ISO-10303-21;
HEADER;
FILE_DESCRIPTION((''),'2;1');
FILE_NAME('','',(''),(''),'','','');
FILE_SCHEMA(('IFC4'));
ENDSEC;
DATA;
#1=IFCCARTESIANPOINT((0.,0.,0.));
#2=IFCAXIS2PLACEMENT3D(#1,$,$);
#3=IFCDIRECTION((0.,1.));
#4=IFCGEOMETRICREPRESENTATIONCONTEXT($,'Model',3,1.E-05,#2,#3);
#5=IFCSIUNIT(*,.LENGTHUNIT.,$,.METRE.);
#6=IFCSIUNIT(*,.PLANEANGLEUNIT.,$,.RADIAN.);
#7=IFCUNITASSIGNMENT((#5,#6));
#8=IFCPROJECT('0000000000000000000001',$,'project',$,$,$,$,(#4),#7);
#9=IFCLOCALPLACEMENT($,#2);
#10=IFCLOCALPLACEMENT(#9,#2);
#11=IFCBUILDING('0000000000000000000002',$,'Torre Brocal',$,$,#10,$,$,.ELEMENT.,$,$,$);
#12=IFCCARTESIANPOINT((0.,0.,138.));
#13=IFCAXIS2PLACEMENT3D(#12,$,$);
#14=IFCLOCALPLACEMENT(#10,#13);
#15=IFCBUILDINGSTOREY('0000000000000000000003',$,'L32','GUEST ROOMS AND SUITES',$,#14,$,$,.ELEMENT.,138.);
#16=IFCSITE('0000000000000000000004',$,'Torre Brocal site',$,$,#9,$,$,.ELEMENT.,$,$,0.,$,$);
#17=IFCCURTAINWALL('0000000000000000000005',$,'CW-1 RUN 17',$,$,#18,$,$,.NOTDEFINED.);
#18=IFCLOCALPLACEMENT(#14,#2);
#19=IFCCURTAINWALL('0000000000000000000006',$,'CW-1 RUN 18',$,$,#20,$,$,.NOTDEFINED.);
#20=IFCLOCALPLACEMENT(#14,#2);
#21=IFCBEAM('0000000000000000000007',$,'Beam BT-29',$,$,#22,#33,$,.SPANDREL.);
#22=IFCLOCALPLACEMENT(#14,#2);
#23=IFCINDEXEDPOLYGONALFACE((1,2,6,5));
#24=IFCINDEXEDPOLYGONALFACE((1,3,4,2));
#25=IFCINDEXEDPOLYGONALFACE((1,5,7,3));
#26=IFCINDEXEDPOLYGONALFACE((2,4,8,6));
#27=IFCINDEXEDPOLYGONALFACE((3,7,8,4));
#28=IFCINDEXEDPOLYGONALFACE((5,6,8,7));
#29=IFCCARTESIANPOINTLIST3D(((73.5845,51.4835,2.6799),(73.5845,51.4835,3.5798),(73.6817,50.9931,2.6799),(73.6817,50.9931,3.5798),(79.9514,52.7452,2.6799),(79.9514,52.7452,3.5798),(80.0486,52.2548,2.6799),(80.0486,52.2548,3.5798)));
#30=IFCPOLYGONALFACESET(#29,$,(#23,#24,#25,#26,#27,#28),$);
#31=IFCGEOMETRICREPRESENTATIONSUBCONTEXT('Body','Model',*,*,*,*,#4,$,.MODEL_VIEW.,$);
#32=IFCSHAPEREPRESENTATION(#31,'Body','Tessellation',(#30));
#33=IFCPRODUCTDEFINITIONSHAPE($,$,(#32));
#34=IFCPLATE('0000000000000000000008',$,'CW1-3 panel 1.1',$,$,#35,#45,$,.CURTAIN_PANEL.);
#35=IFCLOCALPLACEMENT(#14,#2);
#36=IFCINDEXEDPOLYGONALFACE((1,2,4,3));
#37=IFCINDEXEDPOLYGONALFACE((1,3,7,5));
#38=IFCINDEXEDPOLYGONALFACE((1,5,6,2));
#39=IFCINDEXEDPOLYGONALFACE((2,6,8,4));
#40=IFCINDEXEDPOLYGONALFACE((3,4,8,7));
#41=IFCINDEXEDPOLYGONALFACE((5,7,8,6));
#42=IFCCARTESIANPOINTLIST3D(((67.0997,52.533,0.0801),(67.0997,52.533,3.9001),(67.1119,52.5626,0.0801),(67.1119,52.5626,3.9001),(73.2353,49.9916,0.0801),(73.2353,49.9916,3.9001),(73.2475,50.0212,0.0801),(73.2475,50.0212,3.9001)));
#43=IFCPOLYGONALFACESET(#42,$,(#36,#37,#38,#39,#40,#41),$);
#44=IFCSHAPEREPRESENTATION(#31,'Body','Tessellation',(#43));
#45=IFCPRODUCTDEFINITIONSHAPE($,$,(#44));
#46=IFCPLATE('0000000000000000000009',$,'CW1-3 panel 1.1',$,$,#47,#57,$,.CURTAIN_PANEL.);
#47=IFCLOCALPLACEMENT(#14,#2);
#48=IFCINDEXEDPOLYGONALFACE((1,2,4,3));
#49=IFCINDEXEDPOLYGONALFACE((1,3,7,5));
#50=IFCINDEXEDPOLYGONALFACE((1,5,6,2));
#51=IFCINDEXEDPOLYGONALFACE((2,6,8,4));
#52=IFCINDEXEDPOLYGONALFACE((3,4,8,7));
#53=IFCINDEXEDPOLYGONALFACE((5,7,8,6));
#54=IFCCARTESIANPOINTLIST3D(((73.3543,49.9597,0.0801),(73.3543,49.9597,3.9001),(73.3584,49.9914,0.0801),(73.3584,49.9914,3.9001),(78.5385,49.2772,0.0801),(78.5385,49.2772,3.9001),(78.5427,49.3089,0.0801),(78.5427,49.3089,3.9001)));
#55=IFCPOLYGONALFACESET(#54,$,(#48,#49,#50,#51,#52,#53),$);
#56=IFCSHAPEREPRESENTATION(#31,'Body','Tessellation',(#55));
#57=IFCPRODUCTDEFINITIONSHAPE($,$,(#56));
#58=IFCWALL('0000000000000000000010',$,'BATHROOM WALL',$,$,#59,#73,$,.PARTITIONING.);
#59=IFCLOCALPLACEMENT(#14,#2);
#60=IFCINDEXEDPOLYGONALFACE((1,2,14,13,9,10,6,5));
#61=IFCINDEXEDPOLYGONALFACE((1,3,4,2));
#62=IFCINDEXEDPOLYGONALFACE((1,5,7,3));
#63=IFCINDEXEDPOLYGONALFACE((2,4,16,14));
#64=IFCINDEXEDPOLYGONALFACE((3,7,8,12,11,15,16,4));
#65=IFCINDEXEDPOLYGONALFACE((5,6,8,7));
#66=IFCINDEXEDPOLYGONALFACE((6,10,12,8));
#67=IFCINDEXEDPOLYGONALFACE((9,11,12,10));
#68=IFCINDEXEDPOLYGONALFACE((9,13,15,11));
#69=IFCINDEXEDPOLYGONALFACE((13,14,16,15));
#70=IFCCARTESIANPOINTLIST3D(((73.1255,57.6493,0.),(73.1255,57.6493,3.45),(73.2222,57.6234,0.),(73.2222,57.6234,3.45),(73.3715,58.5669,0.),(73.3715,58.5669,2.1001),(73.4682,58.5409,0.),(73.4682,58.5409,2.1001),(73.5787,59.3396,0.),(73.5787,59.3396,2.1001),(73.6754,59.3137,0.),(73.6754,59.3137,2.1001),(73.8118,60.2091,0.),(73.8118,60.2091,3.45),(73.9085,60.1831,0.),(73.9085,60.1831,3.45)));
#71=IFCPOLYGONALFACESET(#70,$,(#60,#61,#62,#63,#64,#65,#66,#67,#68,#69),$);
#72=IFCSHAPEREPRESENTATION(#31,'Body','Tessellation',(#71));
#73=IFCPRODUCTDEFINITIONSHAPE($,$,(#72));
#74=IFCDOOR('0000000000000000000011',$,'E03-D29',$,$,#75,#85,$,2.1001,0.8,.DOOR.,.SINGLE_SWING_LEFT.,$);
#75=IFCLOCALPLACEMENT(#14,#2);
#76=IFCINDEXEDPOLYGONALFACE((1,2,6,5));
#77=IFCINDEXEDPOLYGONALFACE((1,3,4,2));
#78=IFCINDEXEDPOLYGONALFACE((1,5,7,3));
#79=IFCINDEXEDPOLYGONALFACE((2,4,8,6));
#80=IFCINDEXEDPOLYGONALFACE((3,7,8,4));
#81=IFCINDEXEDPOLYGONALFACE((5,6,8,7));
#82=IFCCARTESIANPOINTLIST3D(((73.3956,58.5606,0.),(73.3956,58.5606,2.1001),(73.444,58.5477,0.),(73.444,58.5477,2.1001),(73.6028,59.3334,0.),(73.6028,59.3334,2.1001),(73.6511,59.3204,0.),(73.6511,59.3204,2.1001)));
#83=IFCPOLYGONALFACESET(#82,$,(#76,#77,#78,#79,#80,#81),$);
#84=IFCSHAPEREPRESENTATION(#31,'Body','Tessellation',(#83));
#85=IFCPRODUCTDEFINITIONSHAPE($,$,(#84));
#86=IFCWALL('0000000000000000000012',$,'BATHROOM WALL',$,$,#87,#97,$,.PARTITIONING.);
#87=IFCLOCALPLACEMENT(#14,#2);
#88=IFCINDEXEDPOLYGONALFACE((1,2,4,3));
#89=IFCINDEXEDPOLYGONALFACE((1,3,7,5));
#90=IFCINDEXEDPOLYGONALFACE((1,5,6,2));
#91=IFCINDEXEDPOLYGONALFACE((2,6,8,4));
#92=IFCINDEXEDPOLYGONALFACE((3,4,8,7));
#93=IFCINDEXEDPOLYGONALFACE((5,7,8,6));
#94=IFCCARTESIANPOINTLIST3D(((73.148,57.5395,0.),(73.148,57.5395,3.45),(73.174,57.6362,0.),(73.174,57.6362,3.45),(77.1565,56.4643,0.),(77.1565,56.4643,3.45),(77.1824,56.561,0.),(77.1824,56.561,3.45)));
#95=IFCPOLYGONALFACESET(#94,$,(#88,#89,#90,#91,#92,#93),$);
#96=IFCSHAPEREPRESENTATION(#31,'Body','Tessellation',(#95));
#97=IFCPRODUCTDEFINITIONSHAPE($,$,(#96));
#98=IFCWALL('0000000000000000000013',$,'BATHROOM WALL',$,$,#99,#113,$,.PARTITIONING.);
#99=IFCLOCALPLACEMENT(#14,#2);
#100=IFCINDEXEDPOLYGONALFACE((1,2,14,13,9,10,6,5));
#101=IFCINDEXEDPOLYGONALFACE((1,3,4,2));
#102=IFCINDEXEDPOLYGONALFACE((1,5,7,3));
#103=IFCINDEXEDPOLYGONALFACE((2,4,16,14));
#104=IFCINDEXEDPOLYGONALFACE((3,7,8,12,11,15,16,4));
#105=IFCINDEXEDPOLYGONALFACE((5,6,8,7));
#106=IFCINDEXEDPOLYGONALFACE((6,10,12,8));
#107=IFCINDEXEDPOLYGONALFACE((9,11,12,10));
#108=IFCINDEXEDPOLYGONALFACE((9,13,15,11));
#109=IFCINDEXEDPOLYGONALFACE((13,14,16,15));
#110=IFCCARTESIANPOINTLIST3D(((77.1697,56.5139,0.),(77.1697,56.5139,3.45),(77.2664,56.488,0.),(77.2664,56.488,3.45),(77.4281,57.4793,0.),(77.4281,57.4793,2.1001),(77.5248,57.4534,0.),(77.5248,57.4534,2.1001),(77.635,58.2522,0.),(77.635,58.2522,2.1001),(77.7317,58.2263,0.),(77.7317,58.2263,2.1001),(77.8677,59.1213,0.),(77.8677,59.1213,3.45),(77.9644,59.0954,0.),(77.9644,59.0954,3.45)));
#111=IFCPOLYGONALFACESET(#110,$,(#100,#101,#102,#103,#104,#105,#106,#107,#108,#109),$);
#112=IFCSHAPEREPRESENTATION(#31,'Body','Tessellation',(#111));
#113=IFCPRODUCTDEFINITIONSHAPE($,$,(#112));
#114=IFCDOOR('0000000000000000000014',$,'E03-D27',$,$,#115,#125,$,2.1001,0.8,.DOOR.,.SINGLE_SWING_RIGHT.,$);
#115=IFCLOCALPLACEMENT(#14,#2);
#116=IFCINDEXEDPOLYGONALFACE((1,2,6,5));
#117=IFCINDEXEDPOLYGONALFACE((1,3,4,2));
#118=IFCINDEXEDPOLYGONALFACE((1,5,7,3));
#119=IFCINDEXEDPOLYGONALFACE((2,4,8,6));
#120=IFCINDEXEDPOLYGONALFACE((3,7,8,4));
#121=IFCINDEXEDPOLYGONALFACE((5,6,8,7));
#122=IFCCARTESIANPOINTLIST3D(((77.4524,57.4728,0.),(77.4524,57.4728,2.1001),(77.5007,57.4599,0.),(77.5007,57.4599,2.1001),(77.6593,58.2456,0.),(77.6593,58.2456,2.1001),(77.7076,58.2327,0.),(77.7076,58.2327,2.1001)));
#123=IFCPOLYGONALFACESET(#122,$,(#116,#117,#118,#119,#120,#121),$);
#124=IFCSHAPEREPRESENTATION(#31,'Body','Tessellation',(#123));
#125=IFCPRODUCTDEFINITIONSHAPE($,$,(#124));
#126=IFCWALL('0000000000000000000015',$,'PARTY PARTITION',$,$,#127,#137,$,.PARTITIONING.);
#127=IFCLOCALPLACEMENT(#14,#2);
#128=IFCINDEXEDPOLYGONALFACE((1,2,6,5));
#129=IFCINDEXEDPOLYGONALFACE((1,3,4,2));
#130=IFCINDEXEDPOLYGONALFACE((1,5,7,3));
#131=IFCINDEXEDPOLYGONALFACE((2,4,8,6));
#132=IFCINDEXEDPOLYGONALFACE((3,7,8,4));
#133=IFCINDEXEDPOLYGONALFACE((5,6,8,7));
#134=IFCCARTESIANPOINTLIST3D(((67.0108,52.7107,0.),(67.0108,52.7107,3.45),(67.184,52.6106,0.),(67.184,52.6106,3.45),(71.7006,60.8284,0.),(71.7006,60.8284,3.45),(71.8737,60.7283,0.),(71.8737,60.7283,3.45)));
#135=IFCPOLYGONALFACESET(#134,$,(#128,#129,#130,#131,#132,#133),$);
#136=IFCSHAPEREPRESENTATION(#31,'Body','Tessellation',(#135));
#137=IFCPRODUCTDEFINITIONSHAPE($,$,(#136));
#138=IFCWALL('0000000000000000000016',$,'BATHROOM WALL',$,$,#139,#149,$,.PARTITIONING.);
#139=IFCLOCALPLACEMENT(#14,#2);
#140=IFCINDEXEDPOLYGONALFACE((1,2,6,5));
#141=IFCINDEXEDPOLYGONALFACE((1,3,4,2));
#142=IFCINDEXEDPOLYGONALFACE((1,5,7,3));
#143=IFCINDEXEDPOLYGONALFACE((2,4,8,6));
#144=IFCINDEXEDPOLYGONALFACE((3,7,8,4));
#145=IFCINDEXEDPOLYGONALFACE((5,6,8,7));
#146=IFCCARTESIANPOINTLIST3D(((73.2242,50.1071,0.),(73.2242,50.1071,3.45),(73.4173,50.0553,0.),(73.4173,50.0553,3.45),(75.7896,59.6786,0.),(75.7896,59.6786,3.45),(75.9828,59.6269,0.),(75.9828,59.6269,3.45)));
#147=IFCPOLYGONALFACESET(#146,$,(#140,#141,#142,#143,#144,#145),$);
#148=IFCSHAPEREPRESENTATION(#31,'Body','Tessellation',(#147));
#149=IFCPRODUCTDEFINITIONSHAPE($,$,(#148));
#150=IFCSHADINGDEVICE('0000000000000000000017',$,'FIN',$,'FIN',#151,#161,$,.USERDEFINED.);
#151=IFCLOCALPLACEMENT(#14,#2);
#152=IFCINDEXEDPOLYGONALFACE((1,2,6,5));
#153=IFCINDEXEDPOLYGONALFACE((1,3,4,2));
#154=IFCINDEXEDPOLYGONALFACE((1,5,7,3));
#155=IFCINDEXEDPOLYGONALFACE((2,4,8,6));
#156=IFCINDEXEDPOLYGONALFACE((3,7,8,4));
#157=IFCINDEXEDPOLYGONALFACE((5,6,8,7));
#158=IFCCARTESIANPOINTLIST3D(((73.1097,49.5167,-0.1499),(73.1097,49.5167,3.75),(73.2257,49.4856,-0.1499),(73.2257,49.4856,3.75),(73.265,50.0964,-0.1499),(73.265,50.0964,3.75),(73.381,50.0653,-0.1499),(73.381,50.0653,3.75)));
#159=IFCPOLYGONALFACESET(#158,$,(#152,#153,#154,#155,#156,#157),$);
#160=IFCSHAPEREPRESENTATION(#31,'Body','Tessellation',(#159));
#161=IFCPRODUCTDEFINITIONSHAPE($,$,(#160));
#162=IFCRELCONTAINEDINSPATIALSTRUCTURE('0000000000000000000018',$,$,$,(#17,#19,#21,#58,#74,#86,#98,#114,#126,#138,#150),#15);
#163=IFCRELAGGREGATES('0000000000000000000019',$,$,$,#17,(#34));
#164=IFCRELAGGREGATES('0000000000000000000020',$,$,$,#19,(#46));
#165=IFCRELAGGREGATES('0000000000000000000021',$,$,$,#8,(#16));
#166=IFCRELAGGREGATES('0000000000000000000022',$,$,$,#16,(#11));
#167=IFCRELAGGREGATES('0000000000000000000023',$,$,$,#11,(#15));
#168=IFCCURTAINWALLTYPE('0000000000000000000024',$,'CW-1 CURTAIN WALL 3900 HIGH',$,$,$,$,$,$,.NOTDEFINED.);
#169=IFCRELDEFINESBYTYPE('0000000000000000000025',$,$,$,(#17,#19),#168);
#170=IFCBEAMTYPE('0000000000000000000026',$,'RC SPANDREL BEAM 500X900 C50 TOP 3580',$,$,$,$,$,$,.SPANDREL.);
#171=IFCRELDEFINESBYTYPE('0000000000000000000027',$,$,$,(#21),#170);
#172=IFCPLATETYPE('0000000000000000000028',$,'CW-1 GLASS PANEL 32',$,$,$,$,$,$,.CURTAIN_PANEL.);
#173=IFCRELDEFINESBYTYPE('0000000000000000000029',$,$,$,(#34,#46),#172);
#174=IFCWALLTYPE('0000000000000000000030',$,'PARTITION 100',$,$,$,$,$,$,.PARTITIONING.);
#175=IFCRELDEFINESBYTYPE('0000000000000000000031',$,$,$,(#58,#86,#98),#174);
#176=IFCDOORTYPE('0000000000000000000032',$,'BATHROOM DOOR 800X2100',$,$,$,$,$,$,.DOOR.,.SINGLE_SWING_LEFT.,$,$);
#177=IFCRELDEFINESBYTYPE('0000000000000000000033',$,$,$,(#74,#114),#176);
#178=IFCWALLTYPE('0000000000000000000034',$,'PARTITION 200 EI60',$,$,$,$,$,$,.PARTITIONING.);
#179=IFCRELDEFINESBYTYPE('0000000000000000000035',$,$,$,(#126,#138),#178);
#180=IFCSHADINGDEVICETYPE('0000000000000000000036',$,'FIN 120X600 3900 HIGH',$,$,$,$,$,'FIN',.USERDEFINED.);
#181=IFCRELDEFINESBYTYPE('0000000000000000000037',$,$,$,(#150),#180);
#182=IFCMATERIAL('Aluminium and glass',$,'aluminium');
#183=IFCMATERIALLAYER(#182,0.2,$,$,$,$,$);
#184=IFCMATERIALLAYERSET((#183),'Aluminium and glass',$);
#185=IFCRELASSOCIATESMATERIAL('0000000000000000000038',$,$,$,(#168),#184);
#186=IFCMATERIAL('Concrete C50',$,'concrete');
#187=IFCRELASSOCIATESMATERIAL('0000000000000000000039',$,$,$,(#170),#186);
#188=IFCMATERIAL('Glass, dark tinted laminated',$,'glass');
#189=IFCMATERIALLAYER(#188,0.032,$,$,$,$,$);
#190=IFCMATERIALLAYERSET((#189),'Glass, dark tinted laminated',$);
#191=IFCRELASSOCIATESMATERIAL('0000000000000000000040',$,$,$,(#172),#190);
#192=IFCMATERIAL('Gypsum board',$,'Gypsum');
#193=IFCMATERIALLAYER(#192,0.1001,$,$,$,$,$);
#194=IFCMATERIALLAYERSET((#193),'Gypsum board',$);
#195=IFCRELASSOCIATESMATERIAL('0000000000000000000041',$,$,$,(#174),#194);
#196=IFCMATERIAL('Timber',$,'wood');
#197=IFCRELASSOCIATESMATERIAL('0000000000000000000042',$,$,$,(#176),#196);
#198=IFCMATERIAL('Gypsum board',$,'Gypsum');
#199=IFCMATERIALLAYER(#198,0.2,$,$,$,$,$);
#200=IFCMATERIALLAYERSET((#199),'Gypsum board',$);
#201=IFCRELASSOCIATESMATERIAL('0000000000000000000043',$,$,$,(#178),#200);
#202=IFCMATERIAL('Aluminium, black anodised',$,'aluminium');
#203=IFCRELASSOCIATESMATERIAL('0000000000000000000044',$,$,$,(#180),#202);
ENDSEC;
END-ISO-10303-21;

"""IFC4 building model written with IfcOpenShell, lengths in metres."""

from ifc_helpers import new_model, si_unit, direction, frame, frame_2d, origin, origin_2d, place, context, subcontext, project, spatial, rectangle, extrude, material, layer, layer_set, material_profile, profile_set, type_object, element, fill, aggregate, save


model = new_model("IFC4")

# Units and contexts
model_context = context("Model", 3, precision=1e-05, world=origin(), true_north=direction((0.0, 1.0)))
body_context = subcontext(model_context, "Body", "Model", "MODEL_VIEW")
ifc_project = project(units=[si_unit("LENGTHUNIT", "METRE"), si_unit("PLANEANGLEUNIT", "RADIAN")], contexts=[model_context])

# Site, building, storey
site_placement = place(None, origin())
site = spatial("IfcSite", under=ifc_project, at=site_placement, Name="Torre Brocal site", CompositionType="ELEMENT", RefElevation=0.0)
building_placement = place(site_placement, origin())
building = spatial("IfcBuilding", under=site, at=building_placement, Name="Torre Brocal", CompositionType="ELEMENT")
storey_placement = place(building_placement, frame((0.0, 0.0, 138.0)))
storey = spatial("IfcBuildingStorey", under=building, at=storey_placement, Name="L32", Description="GUEST ROOMS AND SUITES", CompositionType="ELEMENT", Elevation=138.0)

# Shared definitions
ifc_material_1 = material(Name="Aluminium and glass", Category="aluminium")
ifc_layer_1 = layer(ifc_material_1, 0.2)
ifc_layer_set_1 = layer_set([ifc_layer_1], Name="Aluminium and glass")
curtain_wall_type = type_object("IfcCurtainWallType", Name="CW-1 CURTAIN WALL 3900 HIGH", PredefinedType="NOTDEFINED", material=ifc_layer_set_1)

# Curtain walls
curtain_wall_1_placement = place(storey_placement, origin())
curtain_wall_1 = element("IfcCurtainWall", 1, at=curtain_wall_1_placement, inside=storey, type_object=curtain_wall_type, Name="CW-1 RUN 17", PredefinedType="NOTDEFINED")
curtain_wall_2_placement = place(storey_placement, origin())
curtain_wall_2 = element("IfcCurtainWall", 2, at=curtain_wall_2_placement, inside=storey, type_object=curtain_wall_type, Name="CW-1 RUN 18", PredefinedType="NOTDEFINED")

# Beam
ifc_material_2 = material(Name="Concrete C50", Category="concrete")
ifc_material_profile_1 = material_profile(ifc_material_2, rectangle(XDim=0.5, YDim=0.8999, at=origin_2d()), Name="RC 500X900")
ifc_profile_set_1 = profile_set([ifc_material_profile_1], Name="Concrete C50")
beam_type_1 = type_object("IfcBeamType", Name="RC SPANDREL BEAM 500X900 C50 TOP 3580", PredefinedType="SPANDREL", material=ifc_profile_set_1)
beam_1_placement = place(storey_placement, frame((73.6331, 51.2383, 3.1299), z_axis=(0.980925, 0.194387, 0.0), x_axis=(-0.194387, 0.980925, 0.0)))
element("IfcBeam", 3, at=beam_1_placement, inside=storey, type_object=beam_type_1, Name="Beam BT-29", PredefinedType="SPANDREL", context=body_context, shape_type="SweptSolid", body=[
    extrude(rectangle(XDim=0.5, YDim=0.8999, at=origin_2d()), origin(), (0.0, 0.0, 1.0), 6.4907),
])

# Plates
ifc_material_3 = material(Name="Glass, dark tinted laminated", Category="glass")
ifc_layer_2 = layer(ifc_material_3, 0.032)
ifc_layer_set_2 = layer_set([ifc_layer_2], Name="Glass, dark tinted laminated")
plate_type = type_object("IfcPlateType", Name="CW-1 GLASS PANEL 32", PredefinedType="CURTAIN_PANEL", material=ifc_layer_set_2)
plate_1_placement = place(storey_placement, frame((70.1736, 51.2771, 0.0801), z_axis=(0.0, 0.0, 1.0), x_axis=(0.92388, -0.382683, 0.0)))
plate_1 = element("IfcPlate", 4, at=plate_1_placement, type_object=plate_type, Name="CW1-3 panel 1.1", PredefinedType="CURTAIN_PANEL", context=body_context, shape_type="SweptSolid", body=[
    extrude(rectangle(XDim=6.6411, YDim=0.032, at=origin_2d()), origin(), (0.0, 0.0, 1.0), 3.8201),
])
aggregate(curtain_wall_1, [plate_1])
plate_2_placement = place(storey_placement, frame((75.9485, 49.6343, 0.0801), z_axis=(0.0, 0.0, 1.0), x_axis=(0.991445, -0.130526, 0.0)))
plate_2 = element("IfcPlate", 5, at=plate_2_placement, type_object=plate_type, Name="CW1-3 panel 1.1", PredefinedType="CURTAIN_PANEL", context=body_context, shape_type="SweptSolid", body=[
    extrude(rectangle(XDim=5.229, YDim=0.032, at=origin_2d()), origin(), (0.0, 0.0, 1.0), 3.8201),
])
aggregate(curtain_wall_2, [plate_2])

# Wall, opening, door
ifc_material_4 = material(Name="Gypsum board", Category="Gypsum")
ifc_layer_3 = layer(ifc_material_4, 0.1001)
ifc_layer_set_3 = layer_set([ifc_layer_3], Name="Gypsum board")
wall_type_1 = type_object("IfcWallType", Name="PARTITION 100", PredefinedType="PARTITIONING", material=ifc_layer_set_3)
wall_1_placement = place(storey_placement, frame((73.1738, 57.6362, 0.0), z_axis=(0.0, 0.0, 1.0), x_axis=(0.258952, 0.96589, 0.0)))
wall_1 = element("IfcWall", 6, at=wall_1_placement, inside=storey, type_object=wall_type_1, Name="BATHROOM WALL", PredefinedType="PARTITIONING", context=body_context, shape_type="SweptSolid", body=[
    extrude(rectangle(XDim=2.6501, YDim=0.1001, at=frame_2d((1.3252, 0.0))), origin(), (0.0, 0.0, 1.0), 3.45),
])
opening_1_placement = place(wall_1_placement, frame((0.9502, 0.0, 0.0)))
opening_1 = element("IfcOpeningElement", 7, at=opening_1_placement, cuts=wall_1, PredefinedType="OPENING", context=body_context, shape_type="SweptSolid", body=[
    extrude(rectangle(XDim=0.8, YDim=2.1001, at=frame_2d((0.3999, 1.05))), frame((0.0, 0.0601, 0.0), z_axis=(0.0, -1.0, 0.0), x_axis=(1.0, 0.0, 0.0)), (0.0, 0.0, 1.0), 0.1201),
])
ifc_material_5 = material(Name="Timber", Category="wood")
door_type = type_object("IfcDoorType", Name="BATHROOM DOOR 800X2100", OperationType="SINGLE_SWING_LEFT", PredefinedType="DOOR", material=ifc_material_5)
door_1_placement = place(opening_1_placement, frame((0.8, 0.0, 0.0), z_axis=(0.0, 0.0, 1.0), x_axis=(-1.0, 0.0, 0.0)))
door_1 = element("IfcDoor", 8, at=door_1_placement, inside=storey, type_object=door_type, Name="E03-D29", OperationType="SINGLE_SWING_LEFT", OverallHeight=2.1001, OverallWidth=0.8, PredefinedType="DOOR", context=body_context, shape_type="SweptSolid", body=[
    extrude(rectangle(XDim=0.8, YDim=2.1001, at=frame_2d((0.3999, 1.05))), frame((0.0, 0.0249, 0.0), z_axis=(0.0, -1.0, 0.0), x_axis=(1.0, 0.0, 0.0)), (0.0, 0.0, 1.0), 0.05),
])
fill(opening_1, door_1)

# Wall
wall_2_placement = place(storey_placement, frame((73.1609, 57.5879, 0.0), z_axis=(0.0, 0.0, 1.0), x_axis=(0.965859, -0.259068, 0.0)))
element("IfcWall", 9, at=wall_2_placement, inside=storey, type_object=wall_type_1, Name="BATHROOM WALL", PredefinedType="PARTITIONING", context=body_context, shape_type="SweptSolid", body=[
    extrude(rectangle(XDim=4.1501, YDim=0.1001, at=frame_2d((2.0752, 0.0))), origin(), (0.0, 0.0, 1.0), 3.45),
])

# Wall, opening, door
wall_3_placement = place(storey_placement, frame((77.218, 56.501, 0.0), z_axis=(0.0, 0.0, 1.0), x_axis=(0.258591, 0.965987, 0.0)))
wall_3 = element("IfcWall", 10, at=wall_3_placement, inside=storey, type_object=wall_type_1, Name="BATHROOM WALL", PredefinedType="PARTITIONING", context=body_context, shape_type="SweptSolid", body=[
    extrude(rectangle(XDim=2.6992, YDim=0.1001, at=frame_2d((1.3496, 0.0))), origin(), (0.0, 0.0, 1.0), 3.45),
])
opening_2_placement = place(wall_3_placement, frame((0.9995, 0.0, 0.0)))
opening_2 = element("IfcOpeningElement", 11, at=opening_2_placement, cuts=wall_3, PredefinedType="OPENING", context=body_context, shape_type="SweptSolid", body=[
    extrude(rectangle(XDim=0.8, YDim=2.1001, at=frame_2d((0.3999, 1.05))), frame((0.0, 0.0601, 0.0), z_axis=(0.0, -1.0, 0.0), x_axis=(1.0, 0.0, 0.0)), (0.0, 0.0, 1.0), 0.1201),
])
door_2_placement = place(opening_2_placement, origin())
door_2 = element("IfcDoor", 12, at=door_2_placement, inside=storey, type_object=door_type, Name="E03-D27", OperationType="SINGLE_SWING_RIGHT", OverallHeight=2.1001, OverallWidth=0.8, PredefinedType="DOOR", context=body_context, shape_type="SweptSolid", body=[
    extrude(rectangle(XDim=0.8, YDim=2.1001, at=frame_2d((0.3999, 1.05))), frame((0.0, 0.0249, 0.0), z_axis=(0.0, -1.0, 0.0), x_axis=(1.0, 0.0, 0.0)), (0.0, 0.0, 1.0), 0.05),
])
fill(opening_2, door_2)

# Walls
ifc_material_6 = material(Name="Gypsum board", Category="Gypsum")
ifc_layer_4 = layer(ifc_material_6, 0.2)
ifc_layer_set_4 = layer_set([ifc_layer_4], Name="Gypsum board")
wall_type_2 = type_object("IfcWallType", Name="PARTITION 200 EI60", PredefinedType="PARTITIONING", material=ifc_layer_set_4)
wall_4_placement = place(storey_placement, frame((67.0974, 52.6606, 0.0), z_axis=(0.0, 0.0, 1.0), x_axis=(0.500236, 0.865889, 0.0)))
element("IfcWall", 13, at=wall_4_placement, inside=storey, type_object=wall_type_2, Name="PARTY PARTITION", PredefinedType="PARTITIONING", context=body_context, shape_type="SweptSolid", body=[
    extrude(rectangle(XDim=9.375, YDim=0.2, at=frame_2d((4.6875, 0.0))), origin(), (0.0, 0.0, 1.0), 3.45),
])
wall_5_placement = place(storey_placement, frame((73.3208, 50.0813, 0.0), z_axis=(0.0, 0.0, 1.0), x_axis=(0.258889, 0.965907, 0.0)))
element("IfcWall", 14, at=wall_5_placement, inside=storey, type_object=wall_type_2, Name="BATHROOM WALL", PredefinedType="PARTITIONING", context=body_context, shape_type="SweptSolid", body=[
    extrude(rectangle(XDim=9.9094, YDim=0.2, at=frame_2d((4.9546, 0.0))), origin(), (0.0, 0.0, 1.0), 3.45),
])

# Shading device
ifc_material_7 = material(Name="Aluminium, black anodised", Category="aluminium")
ifc_material_profile_2 = material_profile(ifc_material_7, rectangle(XDim=0.1201, YDim=0.6001, at=origin_2d()), Name="FIN 120X600 3900 HIGH")
ifc_profile_set_2 = profile_set([ifc_material_profile_2], Name="Aluminium, black anodised")
shading_device_type = type_object("IfcShadingDeviceType", Name="FIN 120X600 3900 HIGH", ElementType="FIN", PredefinedType="USERDEFINED", material=ifc_profile_set_2)
shading_device_placement = place(storey_placement, frame((73.2454, 49.791, -0.1499), z_axis=(0.0, 0.0, 1.0), x_axis=(0.965926, -0.258819, 0.0)))
element("IfcShadingDevice", 15, at=shading_device_placement, inside=storey, type_object=shading_device_type, Name="FIN", ObjectType="FIN", PredefinedType="USERDEFINED", context=body_context, shape_type="SweptSolid", body=[
    extrude(rectangle(XDim=0.1201, YDim=0.6001, at=origin_2d()), origin(), (0.0, 0.0, 1.0), 3.8999),
])

save(model, "model.ifc")
